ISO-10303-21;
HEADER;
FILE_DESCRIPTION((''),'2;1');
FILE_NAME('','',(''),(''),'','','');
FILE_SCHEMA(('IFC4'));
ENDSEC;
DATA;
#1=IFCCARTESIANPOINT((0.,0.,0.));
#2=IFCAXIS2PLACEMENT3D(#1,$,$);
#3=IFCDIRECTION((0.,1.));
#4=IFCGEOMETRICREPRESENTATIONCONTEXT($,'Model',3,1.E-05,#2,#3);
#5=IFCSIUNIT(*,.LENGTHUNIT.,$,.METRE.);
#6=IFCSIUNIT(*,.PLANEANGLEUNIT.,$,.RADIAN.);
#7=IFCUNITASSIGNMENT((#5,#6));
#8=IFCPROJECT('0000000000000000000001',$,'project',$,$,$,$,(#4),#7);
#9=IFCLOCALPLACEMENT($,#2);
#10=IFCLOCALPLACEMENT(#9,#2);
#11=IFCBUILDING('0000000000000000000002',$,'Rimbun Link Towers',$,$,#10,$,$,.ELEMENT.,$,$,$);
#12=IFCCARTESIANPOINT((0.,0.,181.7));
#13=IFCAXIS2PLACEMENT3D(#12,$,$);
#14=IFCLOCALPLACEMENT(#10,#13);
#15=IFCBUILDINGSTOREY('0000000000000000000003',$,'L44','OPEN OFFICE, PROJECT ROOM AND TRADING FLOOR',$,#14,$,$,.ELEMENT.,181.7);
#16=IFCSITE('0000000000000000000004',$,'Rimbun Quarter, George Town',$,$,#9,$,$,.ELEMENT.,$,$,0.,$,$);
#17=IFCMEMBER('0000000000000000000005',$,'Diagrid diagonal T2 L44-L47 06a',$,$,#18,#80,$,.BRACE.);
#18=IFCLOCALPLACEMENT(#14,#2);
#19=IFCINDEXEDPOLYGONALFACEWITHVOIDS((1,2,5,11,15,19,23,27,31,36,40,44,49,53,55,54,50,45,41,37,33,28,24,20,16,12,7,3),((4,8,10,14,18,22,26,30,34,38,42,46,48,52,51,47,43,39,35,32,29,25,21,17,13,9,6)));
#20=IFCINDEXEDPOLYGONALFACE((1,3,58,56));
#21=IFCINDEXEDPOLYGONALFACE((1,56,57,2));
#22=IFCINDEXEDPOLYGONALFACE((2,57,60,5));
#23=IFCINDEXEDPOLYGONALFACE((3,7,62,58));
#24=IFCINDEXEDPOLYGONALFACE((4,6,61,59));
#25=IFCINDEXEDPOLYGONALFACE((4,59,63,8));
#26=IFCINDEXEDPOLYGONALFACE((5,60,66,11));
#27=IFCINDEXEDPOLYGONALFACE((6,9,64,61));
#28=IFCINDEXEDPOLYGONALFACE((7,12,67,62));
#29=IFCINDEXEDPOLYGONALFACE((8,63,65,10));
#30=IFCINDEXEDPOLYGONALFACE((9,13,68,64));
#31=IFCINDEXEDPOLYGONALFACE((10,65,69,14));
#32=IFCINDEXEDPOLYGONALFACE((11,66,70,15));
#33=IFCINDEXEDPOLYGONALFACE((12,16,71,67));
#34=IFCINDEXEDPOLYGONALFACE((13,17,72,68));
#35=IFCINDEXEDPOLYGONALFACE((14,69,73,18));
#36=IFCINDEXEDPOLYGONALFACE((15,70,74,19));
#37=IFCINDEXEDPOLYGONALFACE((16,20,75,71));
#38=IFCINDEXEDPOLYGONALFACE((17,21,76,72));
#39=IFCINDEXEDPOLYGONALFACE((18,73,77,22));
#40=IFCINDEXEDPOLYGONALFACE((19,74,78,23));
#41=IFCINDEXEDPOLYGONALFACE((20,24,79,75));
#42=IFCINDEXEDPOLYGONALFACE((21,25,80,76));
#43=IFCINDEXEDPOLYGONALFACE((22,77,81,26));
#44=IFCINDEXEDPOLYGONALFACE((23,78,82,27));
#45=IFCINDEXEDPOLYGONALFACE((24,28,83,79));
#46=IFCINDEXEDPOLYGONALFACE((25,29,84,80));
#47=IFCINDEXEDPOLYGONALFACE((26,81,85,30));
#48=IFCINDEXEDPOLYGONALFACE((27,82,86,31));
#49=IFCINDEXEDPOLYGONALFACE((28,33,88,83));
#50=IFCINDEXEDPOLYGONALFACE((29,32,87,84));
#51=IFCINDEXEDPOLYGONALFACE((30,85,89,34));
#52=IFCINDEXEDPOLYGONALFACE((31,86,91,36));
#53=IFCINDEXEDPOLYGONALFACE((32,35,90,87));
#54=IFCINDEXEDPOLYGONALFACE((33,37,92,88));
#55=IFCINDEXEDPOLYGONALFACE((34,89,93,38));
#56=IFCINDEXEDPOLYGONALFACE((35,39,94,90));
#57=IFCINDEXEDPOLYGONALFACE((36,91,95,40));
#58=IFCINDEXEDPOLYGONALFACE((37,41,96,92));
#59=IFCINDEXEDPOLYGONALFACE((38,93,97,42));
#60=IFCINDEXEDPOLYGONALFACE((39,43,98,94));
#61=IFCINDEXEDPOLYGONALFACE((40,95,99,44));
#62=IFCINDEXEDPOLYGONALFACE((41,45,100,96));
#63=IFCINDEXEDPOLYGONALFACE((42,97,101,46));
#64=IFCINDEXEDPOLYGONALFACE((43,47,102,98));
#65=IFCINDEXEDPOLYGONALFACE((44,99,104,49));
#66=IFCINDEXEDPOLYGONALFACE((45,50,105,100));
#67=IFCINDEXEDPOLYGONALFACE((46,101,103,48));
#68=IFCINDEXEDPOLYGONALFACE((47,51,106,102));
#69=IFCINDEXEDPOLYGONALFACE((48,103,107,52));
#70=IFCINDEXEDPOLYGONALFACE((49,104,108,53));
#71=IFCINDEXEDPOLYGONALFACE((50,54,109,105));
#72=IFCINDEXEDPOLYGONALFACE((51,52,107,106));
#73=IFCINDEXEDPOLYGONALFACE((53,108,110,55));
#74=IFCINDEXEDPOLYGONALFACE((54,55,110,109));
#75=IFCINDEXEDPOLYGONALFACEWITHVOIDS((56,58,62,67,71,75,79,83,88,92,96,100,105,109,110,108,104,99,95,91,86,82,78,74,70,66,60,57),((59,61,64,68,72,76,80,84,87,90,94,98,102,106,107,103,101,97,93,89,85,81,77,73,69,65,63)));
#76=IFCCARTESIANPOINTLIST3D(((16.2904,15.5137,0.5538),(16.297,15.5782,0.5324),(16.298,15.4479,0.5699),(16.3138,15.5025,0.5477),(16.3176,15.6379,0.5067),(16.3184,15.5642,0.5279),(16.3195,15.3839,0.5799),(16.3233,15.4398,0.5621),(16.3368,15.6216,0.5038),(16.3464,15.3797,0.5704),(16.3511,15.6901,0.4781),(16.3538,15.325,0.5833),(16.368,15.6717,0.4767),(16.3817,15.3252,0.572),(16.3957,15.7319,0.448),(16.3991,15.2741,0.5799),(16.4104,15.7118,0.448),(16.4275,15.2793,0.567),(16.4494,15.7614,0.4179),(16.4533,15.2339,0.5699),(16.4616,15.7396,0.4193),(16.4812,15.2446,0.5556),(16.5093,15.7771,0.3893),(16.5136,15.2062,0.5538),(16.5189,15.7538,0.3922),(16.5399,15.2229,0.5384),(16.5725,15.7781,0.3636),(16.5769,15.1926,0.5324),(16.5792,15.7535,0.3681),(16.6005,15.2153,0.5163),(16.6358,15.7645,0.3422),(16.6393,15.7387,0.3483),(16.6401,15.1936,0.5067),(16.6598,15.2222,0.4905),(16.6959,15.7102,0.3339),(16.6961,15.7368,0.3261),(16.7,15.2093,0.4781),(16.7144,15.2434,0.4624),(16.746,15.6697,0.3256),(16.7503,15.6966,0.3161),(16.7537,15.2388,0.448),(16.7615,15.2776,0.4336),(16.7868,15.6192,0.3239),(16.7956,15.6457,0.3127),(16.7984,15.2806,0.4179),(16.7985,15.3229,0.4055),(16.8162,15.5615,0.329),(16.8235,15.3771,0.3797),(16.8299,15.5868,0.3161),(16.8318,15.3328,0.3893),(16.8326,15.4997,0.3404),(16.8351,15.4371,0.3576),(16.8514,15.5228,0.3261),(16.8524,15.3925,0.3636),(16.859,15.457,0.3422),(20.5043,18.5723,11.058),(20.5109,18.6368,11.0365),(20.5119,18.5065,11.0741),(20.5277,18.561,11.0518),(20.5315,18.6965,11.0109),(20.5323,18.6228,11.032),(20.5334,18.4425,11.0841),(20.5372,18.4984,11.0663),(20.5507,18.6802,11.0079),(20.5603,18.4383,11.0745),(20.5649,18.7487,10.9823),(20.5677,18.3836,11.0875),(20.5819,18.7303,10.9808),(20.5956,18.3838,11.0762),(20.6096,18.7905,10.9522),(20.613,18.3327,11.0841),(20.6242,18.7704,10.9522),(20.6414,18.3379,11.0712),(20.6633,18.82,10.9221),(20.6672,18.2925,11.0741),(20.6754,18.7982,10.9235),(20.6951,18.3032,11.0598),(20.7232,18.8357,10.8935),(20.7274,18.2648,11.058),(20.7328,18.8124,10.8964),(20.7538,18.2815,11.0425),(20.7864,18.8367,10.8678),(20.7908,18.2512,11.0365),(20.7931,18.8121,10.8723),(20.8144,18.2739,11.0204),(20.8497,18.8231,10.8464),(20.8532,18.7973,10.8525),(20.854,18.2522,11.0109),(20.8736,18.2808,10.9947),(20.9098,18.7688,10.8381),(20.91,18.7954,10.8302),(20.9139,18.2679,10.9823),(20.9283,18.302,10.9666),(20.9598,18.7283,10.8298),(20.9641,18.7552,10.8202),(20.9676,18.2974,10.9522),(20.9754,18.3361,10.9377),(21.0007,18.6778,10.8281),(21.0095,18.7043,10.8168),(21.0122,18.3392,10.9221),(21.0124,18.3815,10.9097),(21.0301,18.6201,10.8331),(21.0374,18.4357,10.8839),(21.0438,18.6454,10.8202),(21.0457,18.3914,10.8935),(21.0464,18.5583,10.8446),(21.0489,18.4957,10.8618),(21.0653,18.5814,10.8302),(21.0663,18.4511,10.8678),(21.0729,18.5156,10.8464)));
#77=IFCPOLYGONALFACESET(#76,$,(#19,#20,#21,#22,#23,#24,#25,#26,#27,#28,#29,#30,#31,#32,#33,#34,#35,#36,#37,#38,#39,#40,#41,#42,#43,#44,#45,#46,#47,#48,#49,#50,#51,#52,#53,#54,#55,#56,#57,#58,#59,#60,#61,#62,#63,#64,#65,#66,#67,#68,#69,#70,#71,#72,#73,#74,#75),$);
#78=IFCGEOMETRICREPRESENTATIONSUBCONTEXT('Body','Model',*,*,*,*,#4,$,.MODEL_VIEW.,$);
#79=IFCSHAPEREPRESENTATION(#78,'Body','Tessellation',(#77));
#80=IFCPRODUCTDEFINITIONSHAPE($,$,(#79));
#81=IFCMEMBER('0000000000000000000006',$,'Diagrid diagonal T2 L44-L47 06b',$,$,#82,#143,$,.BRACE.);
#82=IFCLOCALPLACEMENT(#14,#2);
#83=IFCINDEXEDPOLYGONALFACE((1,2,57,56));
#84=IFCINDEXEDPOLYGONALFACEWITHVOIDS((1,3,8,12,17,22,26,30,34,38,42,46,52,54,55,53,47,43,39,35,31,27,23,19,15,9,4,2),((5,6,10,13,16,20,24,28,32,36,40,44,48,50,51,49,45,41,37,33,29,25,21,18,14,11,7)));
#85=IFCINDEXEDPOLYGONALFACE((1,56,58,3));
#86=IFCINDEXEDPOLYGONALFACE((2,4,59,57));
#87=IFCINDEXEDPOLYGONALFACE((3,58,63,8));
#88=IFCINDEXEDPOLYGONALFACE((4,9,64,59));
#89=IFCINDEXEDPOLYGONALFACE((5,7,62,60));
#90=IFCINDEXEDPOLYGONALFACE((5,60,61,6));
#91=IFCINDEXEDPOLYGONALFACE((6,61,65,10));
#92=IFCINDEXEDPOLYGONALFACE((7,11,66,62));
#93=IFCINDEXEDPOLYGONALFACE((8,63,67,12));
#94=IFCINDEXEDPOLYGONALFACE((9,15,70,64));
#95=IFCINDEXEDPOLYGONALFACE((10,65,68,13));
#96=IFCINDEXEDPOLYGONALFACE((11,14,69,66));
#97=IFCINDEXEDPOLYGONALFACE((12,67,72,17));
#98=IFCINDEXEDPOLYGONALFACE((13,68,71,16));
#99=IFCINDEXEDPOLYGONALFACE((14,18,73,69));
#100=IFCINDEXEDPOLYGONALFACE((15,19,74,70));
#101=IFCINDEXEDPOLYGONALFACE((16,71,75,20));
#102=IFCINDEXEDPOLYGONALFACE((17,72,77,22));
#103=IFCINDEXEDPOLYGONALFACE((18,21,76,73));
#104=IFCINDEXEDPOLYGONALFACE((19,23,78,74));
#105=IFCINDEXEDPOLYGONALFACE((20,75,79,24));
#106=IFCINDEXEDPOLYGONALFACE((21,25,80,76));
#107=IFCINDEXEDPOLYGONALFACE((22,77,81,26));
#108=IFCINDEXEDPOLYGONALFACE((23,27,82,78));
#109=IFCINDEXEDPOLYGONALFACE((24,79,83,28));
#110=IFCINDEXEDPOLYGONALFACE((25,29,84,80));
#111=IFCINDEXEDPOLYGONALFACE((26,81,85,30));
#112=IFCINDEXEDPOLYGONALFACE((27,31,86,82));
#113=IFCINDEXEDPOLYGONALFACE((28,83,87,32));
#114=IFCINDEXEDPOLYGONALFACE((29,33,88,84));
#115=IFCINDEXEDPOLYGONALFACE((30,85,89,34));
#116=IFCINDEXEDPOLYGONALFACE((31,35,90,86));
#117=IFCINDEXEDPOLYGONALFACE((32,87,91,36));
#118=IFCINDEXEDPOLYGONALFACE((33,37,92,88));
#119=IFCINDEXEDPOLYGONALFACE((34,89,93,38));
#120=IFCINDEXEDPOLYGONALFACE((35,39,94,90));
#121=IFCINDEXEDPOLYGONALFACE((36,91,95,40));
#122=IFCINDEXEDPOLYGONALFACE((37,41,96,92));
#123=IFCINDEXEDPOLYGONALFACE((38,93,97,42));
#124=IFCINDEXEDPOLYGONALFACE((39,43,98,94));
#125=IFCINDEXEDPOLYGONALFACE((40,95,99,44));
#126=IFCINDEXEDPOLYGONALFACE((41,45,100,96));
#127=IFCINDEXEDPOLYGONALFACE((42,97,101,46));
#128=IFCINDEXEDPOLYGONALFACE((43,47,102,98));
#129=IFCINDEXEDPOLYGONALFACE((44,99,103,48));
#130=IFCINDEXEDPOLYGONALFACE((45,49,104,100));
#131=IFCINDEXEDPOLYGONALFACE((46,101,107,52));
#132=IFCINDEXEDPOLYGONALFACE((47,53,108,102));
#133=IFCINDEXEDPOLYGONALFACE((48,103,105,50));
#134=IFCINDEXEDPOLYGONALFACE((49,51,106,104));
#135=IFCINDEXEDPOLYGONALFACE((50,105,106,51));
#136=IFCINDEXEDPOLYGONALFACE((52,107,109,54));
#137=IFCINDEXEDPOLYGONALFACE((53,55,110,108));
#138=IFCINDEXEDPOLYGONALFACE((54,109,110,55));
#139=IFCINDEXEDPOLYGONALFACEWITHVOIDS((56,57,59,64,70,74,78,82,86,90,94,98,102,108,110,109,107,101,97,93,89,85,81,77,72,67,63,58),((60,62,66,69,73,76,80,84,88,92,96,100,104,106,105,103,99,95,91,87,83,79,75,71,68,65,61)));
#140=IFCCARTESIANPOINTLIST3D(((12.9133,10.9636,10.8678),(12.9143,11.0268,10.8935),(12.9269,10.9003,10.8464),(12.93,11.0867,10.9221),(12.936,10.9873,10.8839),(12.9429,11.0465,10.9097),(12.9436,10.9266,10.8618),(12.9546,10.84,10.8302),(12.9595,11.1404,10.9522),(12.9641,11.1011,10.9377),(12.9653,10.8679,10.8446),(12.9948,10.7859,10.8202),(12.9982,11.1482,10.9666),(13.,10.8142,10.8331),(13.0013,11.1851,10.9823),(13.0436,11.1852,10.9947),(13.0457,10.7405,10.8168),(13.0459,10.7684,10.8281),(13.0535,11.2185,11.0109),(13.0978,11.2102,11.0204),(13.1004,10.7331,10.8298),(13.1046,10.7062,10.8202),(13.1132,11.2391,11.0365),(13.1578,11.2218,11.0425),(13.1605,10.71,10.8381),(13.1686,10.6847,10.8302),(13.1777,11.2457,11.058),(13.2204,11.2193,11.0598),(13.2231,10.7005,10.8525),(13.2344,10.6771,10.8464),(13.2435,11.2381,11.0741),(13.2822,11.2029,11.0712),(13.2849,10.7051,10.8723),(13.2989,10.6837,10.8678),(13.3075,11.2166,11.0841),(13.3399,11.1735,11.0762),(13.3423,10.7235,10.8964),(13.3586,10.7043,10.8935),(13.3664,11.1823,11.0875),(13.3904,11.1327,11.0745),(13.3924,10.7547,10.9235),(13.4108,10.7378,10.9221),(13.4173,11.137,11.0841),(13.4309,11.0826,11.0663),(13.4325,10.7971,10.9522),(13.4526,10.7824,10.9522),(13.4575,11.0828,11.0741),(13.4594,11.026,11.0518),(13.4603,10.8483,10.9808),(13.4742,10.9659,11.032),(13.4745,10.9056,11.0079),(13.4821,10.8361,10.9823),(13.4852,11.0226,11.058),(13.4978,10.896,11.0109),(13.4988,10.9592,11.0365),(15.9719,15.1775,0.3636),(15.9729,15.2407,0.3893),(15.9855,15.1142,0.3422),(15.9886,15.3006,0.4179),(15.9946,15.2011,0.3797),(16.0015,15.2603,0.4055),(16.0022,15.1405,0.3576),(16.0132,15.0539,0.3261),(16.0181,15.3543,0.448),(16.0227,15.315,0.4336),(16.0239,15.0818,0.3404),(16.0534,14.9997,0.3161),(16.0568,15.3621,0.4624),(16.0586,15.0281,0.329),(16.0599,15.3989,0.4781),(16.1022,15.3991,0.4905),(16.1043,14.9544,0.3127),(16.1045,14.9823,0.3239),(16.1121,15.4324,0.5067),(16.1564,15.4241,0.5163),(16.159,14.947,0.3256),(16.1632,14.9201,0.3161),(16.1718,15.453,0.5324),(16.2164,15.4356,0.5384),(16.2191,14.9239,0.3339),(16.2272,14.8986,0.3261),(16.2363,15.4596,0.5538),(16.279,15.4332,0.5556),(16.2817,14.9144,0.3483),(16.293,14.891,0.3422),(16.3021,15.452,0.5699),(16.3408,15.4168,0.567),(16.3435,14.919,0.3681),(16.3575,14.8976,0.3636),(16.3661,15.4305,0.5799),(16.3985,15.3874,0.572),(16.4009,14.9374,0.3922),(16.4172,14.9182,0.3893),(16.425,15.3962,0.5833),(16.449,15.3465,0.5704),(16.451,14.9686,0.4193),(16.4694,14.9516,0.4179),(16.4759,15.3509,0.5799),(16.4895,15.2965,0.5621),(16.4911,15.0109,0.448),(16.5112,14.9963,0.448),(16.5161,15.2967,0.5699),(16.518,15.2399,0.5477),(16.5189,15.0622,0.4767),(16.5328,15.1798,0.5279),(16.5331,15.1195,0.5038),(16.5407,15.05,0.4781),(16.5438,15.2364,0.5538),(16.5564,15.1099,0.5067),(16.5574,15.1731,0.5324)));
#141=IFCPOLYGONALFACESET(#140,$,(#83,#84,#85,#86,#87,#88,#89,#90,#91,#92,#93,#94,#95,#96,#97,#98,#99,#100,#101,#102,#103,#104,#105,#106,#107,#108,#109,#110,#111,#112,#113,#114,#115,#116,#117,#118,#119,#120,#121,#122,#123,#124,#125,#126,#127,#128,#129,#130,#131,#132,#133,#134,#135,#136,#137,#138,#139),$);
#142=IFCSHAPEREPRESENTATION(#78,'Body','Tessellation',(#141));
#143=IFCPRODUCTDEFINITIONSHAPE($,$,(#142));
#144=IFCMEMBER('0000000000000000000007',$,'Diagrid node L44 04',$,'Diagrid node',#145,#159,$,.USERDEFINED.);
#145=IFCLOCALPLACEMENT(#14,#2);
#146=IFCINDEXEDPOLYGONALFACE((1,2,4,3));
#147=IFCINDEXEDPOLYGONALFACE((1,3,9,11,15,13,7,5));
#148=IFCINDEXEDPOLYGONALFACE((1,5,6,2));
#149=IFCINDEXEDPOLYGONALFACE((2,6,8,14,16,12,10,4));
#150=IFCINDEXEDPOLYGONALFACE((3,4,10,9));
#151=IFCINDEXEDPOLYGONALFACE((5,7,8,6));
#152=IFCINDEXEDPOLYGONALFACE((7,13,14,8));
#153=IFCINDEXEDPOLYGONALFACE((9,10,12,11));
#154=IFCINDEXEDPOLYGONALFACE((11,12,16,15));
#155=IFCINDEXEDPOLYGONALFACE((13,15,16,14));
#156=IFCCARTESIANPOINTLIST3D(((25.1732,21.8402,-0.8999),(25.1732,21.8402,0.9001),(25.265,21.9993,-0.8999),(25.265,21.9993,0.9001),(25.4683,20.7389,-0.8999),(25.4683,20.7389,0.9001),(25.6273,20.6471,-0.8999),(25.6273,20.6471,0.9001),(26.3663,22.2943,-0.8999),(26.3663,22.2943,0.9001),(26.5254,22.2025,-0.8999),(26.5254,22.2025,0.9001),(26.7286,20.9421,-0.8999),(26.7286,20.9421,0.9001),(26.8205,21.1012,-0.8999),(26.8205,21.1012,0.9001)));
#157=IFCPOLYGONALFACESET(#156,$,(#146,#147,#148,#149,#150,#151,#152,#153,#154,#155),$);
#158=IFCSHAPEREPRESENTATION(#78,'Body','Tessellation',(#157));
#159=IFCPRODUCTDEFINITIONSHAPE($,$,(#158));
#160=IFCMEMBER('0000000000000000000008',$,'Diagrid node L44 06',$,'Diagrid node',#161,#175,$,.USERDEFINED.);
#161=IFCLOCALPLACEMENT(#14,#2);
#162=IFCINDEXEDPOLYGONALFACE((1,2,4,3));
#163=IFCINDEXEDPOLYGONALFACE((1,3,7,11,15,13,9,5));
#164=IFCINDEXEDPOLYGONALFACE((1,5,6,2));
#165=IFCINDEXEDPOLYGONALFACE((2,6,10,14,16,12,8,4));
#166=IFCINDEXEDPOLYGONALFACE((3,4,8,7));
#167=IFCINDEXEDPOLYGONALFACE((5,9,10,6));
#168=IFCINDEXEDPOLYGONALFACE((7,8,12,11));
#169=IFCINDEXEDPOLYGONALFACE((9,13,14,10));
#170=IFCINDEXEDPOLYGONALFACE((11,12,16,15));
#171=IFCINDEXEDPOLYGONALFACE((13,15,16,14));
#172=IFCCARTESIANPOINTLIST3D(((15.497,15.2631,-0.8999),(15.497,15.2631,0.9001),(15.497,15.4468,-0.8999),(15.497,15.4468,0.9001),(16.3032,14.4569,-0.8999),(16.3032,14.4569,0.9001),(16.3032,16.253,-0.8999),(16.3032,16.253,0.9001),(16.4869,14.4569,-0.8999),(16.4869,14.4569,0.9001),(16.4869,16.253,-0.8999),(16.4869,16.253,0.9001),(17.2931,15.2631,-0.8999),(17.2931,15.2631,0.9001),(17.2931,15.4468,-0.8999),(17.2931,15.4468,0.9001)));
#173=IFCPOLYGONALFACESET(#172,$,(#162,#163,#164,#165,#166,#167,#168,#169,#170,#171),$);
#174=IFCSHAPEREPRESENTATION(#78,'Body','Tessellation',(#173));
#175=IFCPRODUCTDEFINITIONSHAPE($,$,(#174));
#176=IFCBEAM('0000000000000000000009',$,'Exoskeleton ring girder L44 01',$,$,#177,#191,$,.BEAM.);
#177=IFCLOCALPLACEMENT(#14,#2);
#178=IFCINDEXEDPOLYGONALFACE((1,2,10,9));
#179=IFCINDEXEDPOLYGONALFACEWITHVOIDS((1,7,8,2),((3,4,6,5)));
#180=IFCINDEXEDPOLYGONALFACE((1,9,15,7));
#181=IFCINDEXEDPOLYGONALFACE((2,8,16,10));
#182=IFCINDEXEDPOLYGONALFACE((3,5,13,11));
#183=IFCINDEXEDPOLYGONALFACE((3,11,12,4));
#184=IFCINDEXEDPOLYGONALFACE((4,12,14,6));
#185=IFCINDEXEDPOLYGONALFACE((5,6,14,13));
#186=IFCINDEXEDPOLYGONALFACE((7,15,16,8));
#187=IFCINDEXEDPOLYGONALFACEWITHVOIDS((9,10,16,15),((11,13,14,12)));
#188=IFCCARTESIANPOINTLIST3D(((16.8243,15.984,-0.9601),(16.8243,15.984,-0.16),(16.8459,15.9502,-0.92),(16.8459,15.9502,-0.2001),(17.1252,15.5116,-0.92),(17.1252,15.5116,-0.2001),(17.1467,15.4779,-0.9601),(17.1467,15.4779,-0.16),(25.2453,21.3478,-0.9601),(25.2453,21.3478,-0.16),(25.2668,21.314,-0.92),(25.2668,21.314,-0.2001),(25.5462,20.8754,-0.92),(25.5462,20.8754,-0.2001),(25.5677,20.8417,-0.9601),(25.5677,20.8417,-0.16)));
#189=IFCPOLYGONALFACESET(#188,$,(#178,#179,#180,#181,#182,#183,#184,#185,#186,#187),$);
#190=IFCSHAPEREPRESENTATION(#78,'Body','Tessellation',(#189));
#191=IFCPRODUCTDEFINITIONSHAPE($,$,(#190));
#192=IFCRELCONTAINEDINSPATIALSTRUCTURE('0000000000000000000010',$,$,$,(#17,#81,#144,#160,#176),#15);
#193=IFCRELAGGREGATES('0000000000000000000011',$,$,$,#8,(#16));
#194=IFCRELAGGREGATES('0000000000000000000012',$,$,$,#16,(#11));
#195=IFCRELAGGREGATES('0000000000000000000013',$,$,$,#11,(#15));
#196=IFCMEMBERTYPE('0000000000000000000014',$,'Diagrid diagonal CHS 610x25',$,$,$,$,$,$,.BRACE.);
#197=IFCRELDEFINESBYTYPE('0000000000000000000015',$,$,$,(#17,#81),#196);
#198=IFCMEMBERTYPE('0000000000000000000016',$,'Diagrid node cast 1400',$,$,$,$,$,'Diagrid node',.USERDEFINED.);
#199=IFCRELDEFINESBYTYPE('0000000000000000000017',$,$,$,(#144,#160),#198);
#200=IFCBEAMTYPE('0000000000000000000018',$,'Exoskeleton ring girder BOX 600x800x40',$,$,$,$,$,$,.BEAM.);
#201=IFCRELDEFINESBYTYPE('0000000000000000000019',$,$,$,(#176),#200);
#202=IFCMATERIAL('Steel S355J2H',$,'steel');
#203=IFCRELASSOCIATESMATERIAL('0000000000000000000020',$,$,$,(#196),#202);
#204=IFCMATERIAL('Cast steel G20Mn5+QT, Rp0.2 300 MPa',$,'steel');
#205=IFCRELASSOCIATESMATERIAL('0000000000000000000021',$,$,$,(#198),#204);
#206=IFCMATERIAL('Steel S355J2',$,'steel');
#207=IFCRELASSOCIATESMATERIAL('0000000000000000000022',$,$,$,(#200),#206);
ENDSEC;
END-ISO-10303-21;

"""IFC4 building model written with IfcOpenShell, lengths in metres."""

from ifc_helpers import new_model, si_unit, direction, frame, origin, origin_2d, place, context, subcontext, project, spatial, polyline, hollow_rectangle, hollow_circle, outline, extrude, material, material_profile, profile_set, type_object, element, save


model = new_model("IFC4")

# Units and contexts
model_context = context("Model", 3, precision=1e-05, world=origin(), true_north=direction((0.0, 1.0)))
body_context = subcontext(model_context, "Body", "Model", "MODEL_VIEW")
ifc_project = project(units=[si_unit("LENGTHUNIT", "METRE"), si_unit("PLANEANGLEUNIT", "RADIAN")], contexts=[model_context])

# Site, building, storey
site_placement = place(None, origin())
site = spatial("IfcSite", under=ifc_project, at=site_placement, Name="Rimbun Quarter, George Town", CompositionType="ELEMENT", RefElevation=0.0)
building_placement = place(site_placement, origin())
building = spatial("IfcBuilding", under=site, at=building_placement, Name="Rimbun Link Towers", CompositionType="ELEMENT")
storey_placement = place(building_placement, frame((0.0, 0.0, 181.7)))
storey = spatial("IfcBuildingStorey", under=building, at=storey_placement, Name="L44", Description="OPEN OFFICE, PROJECT ROOM AND TRADING FLOOR", CompositionType="ELEMENT", Elevation=181.7)

# Members
ifc_material_1 = material(Name="Steel S355J2H", Category="steel")
ifc_material_profile_1 = material_profile(ifc_material_1, hollow_circle(Radius=0.3047, WallThickness=0.0249, at=origin_2d()), Name="Diagrid diagonal CHS 610x25")
ifc_profile_set_1 = profile_set([ifc_material_profile_1], Name="Steel S355J2H")
member_type_1 = type_object("IfcMemberType", Name="Diagrid diagonal CHS 610x25", PredefinedType="BRACE", material=ifc_profile_set_1)
for number, where, z_axis, x_axis, name in (
    (1, (16.5747, 15.4854, 0.448), (0.359427, 0.260886, 0.895964), (-0.587413, 0.809287, 0.0), "Diagrid diagonal T2 L44-L47 06a"),
    (2, (16.2646, 15.1753, 0.448), (-0.260886, -0.359427, 0.895964), (0.809287, -0.587413, 0.0), "Diagrid diagonal T2 L44-L47 06b"),
):
    element("IfcMember", number, at=place(storey_placement, frame(where, z_axis=z_axis, x_axis=x_axis)), inside=storey, type_object=member_type_1, Name=name, PredefinedType="BRACE", context=body_context, shape_type="SweptSolid", body=[
        extrude(hollow_circle(Radius=0.3047, WallThickness=0.0249, at=origin_2d()), origin(), (0.0, 0.0, 1.0), 11.7239),
    ])
ifc_material_2 = material(Name="Cast steel G20Mn5+QT, Rp0.2 300 MPa", Category="steel")
ifc_material_profile_2 = material_profile(ifc_material_2, outline(polyline([(0.7, -0.5701), (0.7, 0.5701), (0.5701, 0.7), (-0.5701, 0.7), (-0.7, 0.5701), (-0.7, -0.5701), (-0.5701, -0.7), (0.5701, -0.7), (0.7, -0.5701)])), Name="NODE 1400x1400")
ifc_profile_set_2 = profile_set([ifc_material_profile_2], Name="Cast steel G20Mn5+QT, Rp0.2 300 MPa")
member_type_2 = type_object("IfcMemberType", Name="Diagrid node cast 1400", ElementType="Diagrid node", PredefinedType="USERDEFINED", material=ifc_profile_set_2)
for number, where, z_axis, x_axis, name in (
    (3, (25.9968, 21.4707, -0.8999), (0.0, 0.0, 1.0), (-0.258819, 0.965926, 0.0), "Diagrid node L44 04"),
    (4, (16.395, 15.355, -0.8999), (0.0, 0.0, 1.0), (-0.707107, 0.707107, 0.0), "Diagrid node L44 06"),
):
    element("IfcMember", number, at=place(storey_placement, frame(where, z_axis=z_axis, x_axis=x_axis)), inside=storey, type_object=member_type_2, Name=name, ObjectType="Diagrid node", PredefinedType="USERDEFINED", context=body_context, shape_type="SweptSolid", body=[
        extrude(outline(polyline([(0.7, -0.5701), (0.7, 0.5701), (0.5701, 0.7), (-0.5701, 0.7), (-0.7, 0.5701), (-0.7, -0.5701), (-0.5701, -0.7), (0.5701, -0.7), (0.7, -0.5701)])), origin(), (0.0, 0.0, 1.0), 1.8),
    ])

# Beam
ifc_material_3 = material(Name="Steel S355J2", Category="steel")
ifc_material_profile_3 = material_profile(ifc_material_3, hollow_rectangle(XDim=0.6001, YDim=0.8, WallThickness=0.04, at=origin_2d()), Name="Exoskeleton ring girder BOX 600x800x40")
ifc_profile_set_3 = profile_set([ifc_material_profile_3], Name="Steel S355J2")
beam_type_1 = type_object("IfcBeamType", Name="Exoskeleton ring girder BOX 600x800x40", PredefinedType="BEAM", material=ifc_profile_set_3)
for number, where, z_axis, x_axis, name in (
    (5, (25.4065, 21.0947, -0.5601), (-0.843434, -0.537233, 0.0), (0.537233, -0.843434, 0.0), "Exoskeleton ring girder L44 01"),
):
    element("IfcBeam", number, at=place(storey_placement, frame(where, z_axis=z_axis, x_axis=x_axis)), inside=storey, type_object=beam_type_1, Name=name, PredefinedType="BEAM", context=body_context, shape_type="SweptSolid", body=[
        extrude(hollow_rectangle(XDim=0.6001, YDim=0.8, WallThickness=0.04, at=origin_2d()), origin(), (0.0, 0.0, 1.0), 9.9841),
    ])

save(model, "model.ifc")
